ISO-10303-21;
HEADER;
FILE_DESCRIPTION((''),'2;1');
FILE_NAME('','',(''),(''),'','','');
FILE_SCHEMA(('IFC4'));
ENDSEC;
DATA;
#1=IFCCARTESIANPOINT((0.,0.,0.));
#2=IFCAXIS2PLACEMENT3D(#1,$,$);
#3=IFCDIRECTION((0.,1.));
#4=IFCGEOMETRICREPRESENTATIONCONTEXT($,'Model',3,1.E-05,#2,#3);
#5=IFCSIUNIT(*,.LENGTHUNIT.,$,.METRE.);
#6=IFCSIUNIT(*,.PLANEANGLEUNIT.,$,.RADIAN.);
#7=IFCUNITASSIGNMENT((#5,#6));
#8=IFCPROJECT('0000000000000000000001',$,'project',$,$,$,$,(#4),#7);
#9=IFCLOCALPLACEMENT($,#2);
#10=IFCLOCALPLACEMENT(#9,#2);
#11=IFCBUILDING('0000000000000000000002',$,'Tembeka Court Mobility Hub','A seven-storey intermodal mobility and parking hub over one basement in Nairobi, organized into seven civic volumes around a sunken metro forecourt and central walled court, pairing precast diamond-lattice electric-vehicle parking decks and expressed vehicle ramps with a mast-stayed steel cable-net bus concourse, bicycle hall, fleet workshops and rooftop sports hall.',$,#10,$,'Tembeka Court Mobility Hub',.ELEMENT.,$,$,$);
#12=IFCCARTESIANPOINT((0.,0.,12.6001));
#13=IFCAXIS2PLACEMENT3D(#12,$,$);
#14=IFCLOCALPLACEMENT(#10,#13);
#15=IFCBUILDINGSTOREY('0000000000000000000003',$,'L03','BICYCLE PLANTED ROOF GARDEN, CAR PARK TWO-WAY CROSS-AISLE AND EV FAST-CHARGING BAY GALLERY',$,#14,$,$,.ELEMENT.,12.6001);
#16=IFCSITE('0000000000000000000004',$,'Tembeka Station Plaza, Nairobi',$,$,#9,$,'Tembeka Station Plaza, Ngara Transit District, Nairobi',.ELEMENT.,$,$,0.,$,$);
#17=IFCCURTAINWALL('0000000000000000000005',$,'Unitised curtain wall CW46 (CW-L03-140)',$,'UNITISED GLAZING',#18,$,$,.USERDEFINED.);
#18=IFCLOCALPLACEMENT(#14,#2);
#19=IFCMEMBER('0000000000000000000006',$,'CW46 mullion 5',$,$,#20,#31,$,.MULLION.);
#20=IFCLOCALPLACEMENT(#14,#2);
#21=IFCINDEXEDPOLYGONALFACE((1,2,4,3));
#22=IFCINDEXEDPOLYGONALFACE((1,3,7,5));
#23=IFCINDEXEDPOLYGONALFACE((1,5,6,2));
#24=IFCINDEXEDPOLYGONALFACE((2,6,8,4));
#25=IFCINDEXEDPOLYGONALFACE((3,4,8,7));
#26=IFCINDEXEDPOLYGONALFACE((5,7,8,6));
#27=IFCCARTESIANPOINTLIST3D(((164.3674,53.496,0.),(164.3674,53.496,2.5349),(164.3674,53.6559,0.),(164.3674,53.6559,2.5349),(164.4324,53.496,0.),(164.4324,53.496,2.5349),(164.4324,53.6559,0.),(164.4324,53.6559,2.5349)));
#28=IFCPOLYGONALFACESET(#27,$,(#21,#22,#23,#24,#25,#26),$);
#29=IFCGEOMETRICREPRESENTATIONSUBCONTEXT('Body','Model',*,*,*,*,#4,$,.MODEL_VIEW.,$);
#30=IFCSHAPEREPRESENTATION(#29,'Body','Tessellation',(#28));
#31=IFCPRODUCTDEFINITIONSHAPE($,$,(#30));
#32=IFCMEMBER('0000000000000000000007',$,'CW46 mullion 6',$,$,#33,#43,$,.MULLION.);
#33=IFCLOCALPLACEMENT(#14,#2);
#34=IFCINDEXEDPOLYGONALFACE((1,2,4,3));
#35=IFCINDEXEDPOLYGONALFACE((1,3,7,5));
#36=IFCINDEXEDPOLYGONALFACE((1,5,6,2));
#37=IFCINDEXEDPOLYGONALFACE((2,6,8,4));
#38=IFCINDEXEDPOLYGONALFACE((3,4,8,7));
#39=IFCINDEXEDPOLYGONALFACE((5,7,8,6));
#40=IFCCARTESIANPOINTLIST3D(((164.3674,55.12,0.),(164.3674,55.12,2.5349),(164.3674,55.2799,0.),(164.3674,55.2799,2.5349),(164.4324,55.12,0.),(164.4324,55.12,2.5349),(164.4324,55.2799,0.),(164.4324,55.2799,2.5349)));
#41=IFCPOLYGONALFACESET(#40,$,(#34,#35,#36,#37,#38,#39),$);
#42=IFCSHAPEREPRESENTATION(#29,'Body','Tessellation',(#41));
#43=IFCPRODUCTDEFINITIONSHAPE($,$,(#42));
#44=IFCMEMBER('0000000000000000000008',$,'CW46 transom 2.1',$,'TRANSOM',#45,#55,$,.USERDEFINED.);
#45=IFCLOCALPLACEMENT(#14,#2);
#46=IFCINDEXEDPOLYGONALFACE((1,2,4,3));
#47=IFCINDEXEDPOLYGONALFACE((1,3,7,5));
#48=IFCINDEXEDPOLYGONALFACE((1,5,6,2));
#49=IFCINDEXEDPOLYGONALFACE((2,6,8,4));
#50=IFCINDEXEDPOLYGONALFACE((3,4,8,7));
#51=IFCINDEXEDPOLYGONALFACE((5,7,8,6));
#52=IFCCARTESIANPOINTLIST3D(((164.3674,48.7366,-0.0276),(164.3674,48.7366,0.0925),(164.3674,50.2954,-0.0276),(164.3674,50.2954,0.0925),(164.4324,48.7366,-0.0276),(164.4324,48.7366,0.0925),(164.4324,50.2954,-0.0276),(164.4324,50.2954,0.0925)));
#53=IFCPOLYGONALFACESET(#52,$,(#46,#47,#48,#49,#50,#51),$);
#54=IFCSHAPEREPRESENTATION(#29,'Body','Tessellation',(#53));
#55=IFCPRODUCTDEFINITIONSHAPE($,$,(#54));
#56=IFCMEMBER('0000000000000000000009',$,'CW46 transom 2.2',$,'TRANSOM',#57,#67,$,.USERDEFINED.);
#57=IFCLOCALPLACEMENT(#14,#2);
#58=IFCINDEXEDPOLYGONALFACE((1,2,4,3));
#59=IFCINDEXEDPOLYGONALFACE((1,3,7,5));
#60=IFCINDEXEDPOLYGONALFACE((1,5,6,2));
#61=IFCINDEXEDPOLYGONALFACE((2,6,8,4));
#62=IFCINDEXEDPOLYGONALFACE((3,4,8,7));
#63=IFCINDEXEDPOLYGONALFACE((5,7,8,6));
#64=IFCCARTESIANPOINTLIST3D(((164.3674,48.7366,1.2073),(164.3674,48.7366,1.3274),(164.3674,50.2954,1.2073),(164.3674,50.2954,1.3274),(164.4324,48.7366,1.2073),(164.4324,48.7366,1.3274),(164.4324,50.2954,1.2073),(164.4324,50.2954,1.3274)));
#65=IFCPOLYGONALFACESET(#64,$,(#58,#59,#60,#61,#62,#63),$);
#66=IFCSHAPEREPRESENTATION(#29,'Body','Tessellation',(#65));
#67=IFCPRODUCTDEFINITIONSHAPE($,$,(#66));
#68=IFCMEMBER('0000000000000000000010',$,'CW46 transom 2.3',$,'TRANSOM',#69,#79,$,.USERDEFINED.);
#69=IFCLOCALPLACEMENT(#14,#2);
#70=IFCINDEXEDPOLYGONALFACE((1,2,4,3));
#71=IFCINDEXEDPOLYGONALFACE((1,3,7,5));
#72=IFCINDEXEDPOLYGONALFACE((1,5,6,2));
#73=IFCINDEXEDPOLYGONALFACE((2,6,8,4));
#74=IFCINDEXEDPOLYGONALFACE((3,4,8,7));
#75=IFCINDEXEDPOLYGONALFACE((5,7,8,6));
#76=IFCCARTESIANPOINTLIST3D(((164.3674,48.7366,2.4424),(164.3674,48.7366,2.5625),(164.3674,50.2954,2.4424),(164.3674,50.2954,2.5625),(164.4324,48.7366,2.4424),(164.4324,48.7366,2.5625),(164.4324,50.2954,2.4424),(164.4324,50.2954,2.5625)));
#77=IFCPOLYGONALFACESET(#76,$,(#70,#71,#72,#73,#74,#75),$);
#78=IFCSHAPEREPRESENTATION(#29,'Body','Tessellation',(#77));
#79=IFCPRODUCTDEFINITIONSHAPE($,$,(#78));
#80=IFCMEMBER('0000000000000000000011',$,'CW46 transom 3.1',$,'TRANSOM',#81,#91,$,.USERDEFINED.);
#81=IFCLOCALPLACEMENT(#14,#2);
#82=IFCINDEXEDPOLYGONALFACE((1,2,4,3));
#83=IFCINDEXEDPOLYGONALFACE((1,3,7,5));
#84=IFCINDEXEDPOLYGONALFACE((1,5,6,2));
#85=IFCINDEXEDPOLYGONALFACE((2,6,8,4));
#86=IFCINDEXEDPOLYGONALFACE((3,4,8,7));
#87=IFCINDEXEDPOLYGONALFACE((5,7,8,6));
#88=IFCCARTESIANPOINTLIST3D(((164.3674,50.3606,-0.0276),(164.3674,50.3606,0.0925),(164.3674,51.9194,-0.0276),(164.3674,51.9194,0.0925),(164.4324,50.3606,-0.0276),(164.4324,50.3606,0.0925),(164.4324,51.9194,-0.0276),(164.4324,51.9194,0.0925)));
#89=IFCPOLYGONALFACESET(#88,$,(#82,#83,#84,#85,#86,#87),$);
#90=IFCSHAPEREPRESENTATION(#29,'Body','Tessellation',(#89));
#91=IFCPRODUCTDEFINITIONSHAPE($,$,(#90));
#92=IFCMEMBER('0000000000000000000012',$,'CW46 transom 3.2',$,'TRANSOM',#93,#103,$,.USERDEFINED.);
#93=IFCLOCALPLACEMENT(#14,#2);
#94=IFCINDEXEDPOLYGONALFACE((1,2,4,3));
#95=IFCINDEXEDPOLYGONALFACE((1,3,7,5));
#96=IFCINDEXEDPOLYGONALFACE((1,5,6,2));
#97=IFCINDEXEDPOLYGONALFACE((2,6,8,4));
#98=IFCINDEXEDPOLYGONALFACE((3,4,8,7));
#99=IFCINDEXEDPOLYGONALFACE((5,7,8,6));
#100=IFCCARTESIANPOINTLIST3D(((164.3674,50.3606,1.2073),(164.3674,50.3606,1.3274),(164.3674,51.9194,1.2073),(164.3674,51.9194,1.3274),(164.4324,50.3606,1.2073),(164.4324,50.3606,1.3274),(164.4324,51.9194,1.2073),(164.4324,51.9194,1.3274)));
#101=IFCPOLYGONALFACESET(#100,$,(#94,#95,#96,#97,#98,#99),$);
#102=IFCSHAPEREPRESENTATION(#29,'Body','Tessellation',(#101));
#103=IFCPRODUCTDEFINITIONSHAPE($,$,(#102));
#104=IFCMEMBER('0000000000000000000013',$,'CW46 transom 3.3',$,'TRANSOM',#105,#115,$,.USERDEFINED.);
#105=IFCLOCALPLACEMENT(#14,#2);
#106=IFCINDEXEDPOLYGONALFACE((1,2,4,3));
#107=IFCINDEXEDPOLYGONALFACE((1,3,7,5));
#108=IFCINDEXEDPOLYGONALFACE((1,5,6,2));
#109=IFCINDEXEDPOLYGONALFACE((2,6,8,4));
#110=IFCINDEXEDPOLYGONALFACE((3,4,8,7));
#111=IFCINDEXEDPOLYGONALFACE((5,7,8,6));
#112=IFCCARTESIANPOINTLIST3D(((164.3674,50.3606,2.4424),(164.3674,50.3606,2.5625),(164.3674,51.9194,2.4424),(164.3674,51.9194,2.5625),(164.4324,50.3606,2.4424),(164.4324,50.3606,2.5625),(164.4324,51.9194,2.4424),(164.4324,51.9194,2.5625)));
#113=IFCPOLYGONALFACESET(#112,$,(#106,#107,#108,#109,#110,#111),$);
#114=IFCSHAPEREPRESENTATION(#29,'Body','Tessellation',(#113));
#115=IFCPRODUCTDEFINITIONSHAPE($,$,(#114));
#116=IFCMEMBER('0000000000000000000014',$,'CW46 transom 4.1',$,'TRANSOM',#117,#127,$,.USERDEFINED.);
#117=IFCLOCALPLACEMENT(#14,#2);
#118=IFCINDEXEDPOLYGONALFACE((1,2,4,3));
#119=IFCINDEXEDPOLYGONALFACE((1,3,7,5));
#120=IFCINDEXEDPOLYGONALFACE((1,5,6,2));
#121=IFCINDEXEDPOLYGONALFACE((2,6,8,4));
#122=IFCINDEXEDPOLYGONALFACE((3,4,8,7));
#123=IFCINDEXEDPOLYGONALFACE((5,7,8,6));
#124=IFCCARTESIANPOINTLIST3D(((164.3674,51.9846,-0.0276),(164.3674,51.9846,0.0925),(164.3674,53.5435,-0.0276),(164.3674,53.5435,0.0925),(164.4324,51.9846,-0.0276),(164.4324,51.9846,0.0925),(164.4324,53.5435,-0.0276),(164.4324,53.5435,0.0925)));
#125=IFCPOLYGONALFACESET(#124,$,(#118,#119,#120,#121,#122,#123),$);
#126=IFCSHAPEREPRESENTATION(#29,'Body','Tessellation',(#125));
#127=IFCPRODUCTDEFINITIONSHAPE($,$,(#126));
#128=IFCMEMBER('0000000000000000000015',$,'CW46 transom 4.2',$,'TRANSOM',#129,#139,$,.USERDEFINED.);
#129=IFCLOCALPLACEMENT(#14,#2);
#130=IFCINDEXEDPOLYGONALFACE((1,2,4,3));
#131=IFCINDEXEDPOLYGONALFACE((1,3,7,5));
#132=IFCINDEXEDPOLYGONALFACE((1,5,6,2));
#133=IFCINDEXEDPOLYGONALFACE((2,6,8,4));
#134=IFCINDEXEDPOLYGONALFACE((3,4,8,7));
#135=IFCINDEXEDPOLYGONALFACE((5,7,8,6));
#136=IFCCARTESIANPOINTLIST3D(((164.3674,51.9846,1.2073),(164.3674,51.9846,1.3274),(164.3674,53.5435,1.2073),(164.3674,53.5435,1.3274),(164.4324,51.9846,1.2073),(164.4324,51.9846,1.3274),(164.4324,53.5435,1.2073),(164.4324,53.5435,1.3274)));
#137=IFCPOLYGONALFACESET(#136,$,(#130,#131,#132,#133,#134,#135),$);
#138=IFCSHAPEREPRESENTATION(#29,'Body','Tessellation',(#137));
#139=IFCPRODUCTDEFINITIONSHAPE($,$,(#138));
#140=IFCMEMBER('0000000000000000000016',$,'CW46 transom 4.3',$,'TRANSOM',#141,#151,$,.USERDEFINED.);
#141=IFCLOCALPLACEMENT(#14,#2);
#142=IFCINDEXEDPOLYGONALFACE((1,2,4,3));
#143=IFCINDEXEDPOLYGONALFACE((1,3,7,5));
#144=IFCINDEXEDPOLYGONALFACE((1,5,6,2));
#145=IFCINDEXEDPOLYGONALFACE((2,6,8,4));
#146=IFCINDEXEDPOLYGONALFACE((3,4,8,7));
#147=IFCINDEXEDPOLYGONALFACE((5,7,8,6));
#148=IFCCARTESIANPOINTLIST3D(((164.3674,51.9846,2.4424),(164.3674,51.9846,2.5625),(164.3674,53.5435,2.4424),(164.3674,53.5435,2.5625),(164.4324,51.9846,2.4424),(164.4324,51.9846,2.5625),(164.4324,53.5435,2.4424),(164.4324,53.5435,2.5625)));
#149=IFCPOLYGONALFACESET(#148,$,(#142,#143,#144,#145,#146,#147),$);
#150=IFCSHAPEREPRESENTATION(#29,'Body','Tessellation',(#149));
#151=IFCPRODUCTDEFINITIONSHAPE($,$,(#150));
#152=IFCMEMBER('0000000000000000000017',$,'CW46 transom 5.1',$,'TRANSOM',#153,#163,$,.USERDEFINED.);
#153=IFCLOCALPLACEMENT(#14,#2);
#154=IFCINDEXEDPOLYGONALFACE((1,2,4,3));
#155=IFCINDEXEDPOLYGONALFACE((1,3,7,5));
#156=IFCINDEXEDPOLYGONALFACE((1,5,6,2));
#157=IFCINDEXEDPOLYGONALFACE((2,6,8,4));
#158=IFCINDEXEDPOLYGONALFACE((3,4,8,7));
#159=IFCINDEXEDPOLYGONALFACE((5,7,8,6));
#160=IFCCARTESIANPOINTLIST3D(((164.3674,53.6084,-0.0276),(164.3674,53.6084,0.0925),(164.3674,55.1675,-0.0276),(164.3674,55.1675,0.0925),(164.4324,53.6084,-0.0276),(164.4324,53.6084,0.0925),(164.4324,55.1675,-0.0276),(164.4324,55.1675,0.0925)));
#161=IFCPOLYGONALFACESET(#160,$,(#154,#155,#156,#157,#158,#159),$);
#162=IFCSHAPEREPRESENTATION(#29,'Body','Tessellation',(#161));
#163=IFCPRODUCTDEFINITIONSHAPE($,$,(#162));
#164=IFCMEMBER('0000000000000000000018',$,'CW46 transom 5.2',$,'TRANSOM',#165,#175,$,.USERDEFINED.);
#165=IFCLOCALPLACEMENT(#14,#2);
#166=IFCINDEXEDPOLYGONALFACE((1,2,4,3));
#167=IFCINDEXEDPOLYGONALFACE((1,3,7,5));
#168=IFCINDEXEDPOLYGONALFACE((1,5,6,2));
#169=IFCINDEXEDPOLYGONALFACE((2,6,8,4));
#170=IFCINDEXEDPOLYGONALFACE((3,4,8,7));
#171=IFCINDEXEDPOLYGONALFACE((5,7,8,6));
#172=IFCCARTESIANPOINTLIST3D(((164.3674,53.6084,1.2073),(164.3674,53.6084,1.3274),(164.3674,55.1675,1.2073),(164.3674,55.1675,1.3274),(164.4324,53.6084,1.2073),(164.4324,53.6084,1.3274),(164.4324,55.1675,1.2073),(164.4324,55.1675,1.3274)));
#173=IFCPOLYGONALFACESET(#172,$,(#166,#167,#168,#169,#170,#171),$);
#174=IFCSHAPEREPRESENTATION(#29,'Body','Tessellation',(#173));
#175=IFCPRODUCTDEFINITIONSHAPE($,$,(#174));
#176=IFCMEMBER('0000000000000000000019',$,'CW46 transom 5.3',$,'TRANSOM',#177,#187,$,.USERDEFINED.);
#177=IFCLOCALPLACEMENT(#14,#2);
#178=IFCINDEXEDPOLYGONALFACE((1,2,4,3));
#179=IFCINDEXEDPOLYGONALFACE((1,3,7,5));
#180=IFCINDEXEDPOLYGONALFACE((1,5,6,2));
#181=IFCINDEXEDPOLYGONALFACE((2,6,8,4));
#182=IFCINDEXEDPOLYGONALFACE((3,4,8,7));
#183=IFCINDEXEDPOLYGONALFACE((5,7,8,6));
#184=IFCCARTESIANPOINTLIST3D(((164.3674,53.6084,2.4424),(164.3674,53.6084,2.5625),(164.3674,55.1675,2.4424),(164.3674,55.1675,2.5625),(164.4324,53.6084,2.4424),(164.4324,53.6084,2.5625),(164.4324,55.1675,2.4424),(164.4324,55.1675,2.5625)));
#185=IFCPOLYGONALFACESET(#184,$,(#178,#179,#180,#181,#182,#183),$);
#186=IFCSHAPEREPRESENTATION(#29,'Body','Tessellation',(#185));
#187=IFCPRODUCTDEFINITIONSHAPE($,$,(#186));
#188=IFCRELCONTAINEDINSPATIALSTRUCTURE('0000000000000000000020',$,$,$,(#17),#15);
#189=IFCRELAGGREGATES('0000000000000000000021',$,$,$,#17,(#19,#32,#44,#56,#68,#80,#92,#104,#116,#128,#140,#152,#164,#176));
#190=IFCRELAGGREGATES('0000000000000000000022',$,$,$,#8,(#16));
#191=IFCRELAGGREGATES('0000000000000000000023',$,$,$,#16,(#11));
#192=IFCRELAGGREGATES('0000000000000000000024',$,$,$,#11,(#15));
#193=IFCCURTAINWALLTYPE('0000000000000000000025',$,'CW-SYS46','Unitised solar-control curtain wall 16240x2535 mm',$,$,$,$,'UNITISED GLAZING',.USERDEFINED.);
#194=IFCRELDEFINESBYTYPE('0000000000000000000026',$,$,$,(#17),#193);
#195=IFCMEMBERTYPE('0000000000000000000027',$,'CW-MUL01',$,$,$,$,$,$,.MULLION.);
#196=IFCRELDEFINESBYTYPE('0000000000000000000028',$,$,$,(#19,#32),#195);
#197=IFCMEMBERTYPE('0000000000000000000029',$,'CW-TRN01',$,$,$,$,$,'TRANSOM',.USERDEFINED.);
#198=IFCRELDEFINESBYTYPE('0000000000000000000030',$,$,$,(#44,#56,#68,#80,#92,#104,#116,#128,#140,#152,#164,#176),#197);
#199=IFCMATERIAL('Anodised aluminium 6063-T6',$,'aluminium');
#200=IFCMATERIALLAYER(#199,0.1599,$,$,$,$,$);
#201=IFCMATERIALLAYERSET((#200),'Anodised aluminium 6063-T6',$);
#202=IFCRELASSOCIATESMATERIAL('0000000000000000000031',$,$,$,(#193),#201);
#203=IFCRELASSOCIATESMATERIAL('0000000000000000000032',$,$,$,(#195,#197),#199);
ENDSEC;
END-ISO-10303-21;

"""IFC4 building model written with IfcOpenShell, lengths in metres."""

from ifc_helpers import new_model, si_unit, direction, frame, origin, origin_2d, place, context, subcontext, project, spatial, rectangle, extrude, material, layer, layer_set, material_profile, profile_set, type_object, element, aggregate, save


model = new_model("IFC4")

# Units and contexts
model_context = context("Model", 3, precision=1e-05, world=origin(), true_north=direction((0.0, 1.0)))
body_context = subcontext(model_context, "Body", "Model", "MODEL_VIEW")
ifc_project = project(units=[si_unit("LENGTHUNIT", "METRE"), si_unit("PLANEANGLEUNIT", "RADIAN")], contexts=[model_context])

# Site, building, storey
site_placement = place(None, origin())
site = spatial("IfcSite", under=ifc_project, at=site_placement, Name="Tembeka Station Plaza, Nairobi", LongName="Tembeka Station Plaza, Ngara Transit District, Nairobi", CompositionType="ELEMENT", RefElevation=0.0)
building_placement = place(site_placement, origin())
building = spatial("IfcBuilding", under=site, at=building_placement, Name="Tembeka Court Mobility Hub", Description="A seven-storey intermodal mobility and parking hub over one basement in Nairobi, organized into seven civic volumes around a sunken metro forecourt and central walled court, pairing precast diamond-lattice electric-vehicle parking decks and expressed vehicle ramps with a mast-stayed steel cable-net bus concourse, bicycle hall, fleet workshops and rooftop sports hall.", LongName="Tembeka Court Mobility Hub", CompositionType="ELEMENT")
storey_placement = place(building_placement, frame((0.0, 0.0, 12.6001)))
storey = spatial("IfcBuildingStorey", under=building, at=storey_placement, Name="L03", Description="BICYCLE PLANTED ROOF GARDEN, CAR PARK TWO-WAY CROSS-AISLE AND EV FAST-CHARGING BAY GALLERY", CompositionType="ELEMENT", Elevation=12.6001)

# Curtain wall, members
ifc_material_1 = material(Name="Anodised aluminium 6063-T6", Category="aluminium")
ifc_layer_1 = layer(ifc_material_1, 0.1599)
ifc_layer_set_1 = layer_set([ifc_layer_1], Name="Anodised aluminium 6063-T6")
curtain_wall_type = type_object("IfcCurtainWallType", Name="CW-SYS46", Description="Unitised solar-control curtain wall 16240x2535 mm", ElementType="UNITISED GLAZING", PredefinedType="USERDEFINED", material=ifc_layer_set_1)
curtain_wall_placement = place(storey_placement, origin())
curtain_wall = element("IfcCurtainWall", 1, at=curtain_wall_placement, inside=storey, type_object=curtain_wall_type, Name="Unitised curtain wall CW46 (CW-L03-140)", ObjectType="UNITISED GLAZING", PredefinedType="USERDEFINED")
ifc_material_profile_1 = material_profile(ifc_material_1, rectangle(XDim=0.0649, YDim=0.1599, at=origin_2d()), Name="ALU-MUL 65x160")
ifc_profile_set_1 = profile_set([ifc_material_profile_1], Name="Anodised aluminium 6063-T6")
member_type_1 = type_object("IfcMemberType", Name="CW-MUL01", PredefinedType="MULLION", material=ifc_profile_set_1)
member_1_placement = place(storey_placement, frame((164.3999, 53.5759, 0.0), z_axis=(0.0, 0.0, 1.0), x_axis=(-1.0, 0.0, 0.0)))
member_1 = element("IfcMember", 2, at=member_1_placement, type_object=member_type_1, Name="CW46 mullion 5", PredefinedType="MULLION", context=body_context, shape_type="SweptSolid", body=[
    extrude(rectangle(XDim=0.0649, YDim=0.1599, at=origin_2d()), origin(), (0.0, 0.0, 1.0), 2.5349),
])
member_2_placement = place(storey_placement, frame((164.3999, 55.2, 0.0), z_axis=(0.0, 0.0, 1.0), x_axis=(-1.0, 0.0, 0.0)))
member_2 = element("IfcMember", 3, at=member_2_placement, type_object=member_type_1, Name="CW46 mullion 6", PredefinedType="MULLION", context=body_context, shape_type="SweptSolid", body=[
    extrude(rectangle(XDim=0.0649, YDim=0.1599, at=origin_2d()), origin(), (0.0, 0.0, 1.0), 2.5349),
])
ifc_material_profile_2 = material_profile(ifc_material_1, rectangle(XDim=0.0649, YDim=0.1201, at=origin_2d()), Name="ALU-TRN 65x120")
ifc_profile_set_2 = profile_set([ifc_material_profile_2], Name="Anodised aluminium 6063-T6")
member_type_2 = type_object("IfcMemberType", Name="CW-TRN01", ElementType="TRANSOM", PredefinedType="USERDEFINED", material=ifc_profile_set_2)
member_3_placement = place(storey_placement, frame((164.3999, 48.7366, 0.0325), z_axis=(0.0, 1.0, 0.0), x_axis=(-1.0, 0.0, 0.0)))
member_3 = element("IfcMember", 4, at=member_3_placement, type_object=member_type_2, Name="CW46 transom 2.1", ObjectType="TRANSOM", PredefinedType="USERDEFINED", context=body_context, shape_type="SweptSolid", body=[
    extrude(rectangle(XDim=0.0649, YDim=0.1201, at=origin_2d()), origin(), (0.0, 0.0, 1.0), 1.5588),
])
member_4_placement = place(storey_placement, frame((164.3999, 48.7366, 1.2673), z_axis=(0.0, 1.0, 0.0), x_axis=(-1.0, 0.0, 0.0)))
member_4 = element("IfcMember", 5, at=member_4_placement, type_object=member_type_2, Name="CW46 transom 2.2", ObjectType="TRANSOM", PredefinedType="USERDEFINED", context=body_context, shape_type="SweptSolid", body=[
    extrude(rectangle(XDim=0.0649, YDim=0.1201, at=origin_2d()), origin(), (0.0, 0.0, 1.0), 1.5588),
])
member_5_placement = place(storey_placement, frame((164.3999, 48.7366, 2.5024), z_axis=(0.0, 1.0, 0.0), x_axis=(-1.0, 0.0, 0.0)))
member_5 = element("IfcMember", 6, at=member_5_placement, type_object=member_type_2, Name="CW46 transom 2.3", ObjectType="TRANSOM", PredefinedType="USERDEFINED", context=body_context, shape_type="SweptSolid", body=[
    extrude(rectangle(XDim=0.0649, YDim=0.1201, at=origin_2d()), origin(), (0.0, 0.0, 1.0), 1.5588),
])
member_6_placement = place(storey_placement, frame((164.3999, 50.3606, 0.0325), z_axis=(0.0, 1.0, 0.0), x_axis=(-1.0, 0.0, 0.0)))
member_6 = element("IfcMember", 7, at=member_6_placement, type_object=member_type_2, Name="CW46 transom 3.1", ObjectType="TRANSOM", PredefinedType="USERDEFINED", context=body_context, shape_type="SweptSolid", body=[
    extrude(rectangle(XDim=0.0649, YDim=0.1201, at=origin_2d()), origin(), (0.0, 0.0, 1.0), 1.5588),
])
member_7_placement = place(storey_placement, frame((164.3999, 50.3606, 1.2673), z_axis=(0.0, 1.0, 0.0), x_axis=(-1.0, 0.0, 0.0)))
member_7 = element("IfcMember", 8, at=member_7_placement, type_object=member_type_2, Name="CW46 transom 3.2", ObjectType="TRANSOM", PredefinedType="USERDEFINED", context=body_context, shape_type="SweptSolid", body=[
    extrude(rectangle(XDim=0.0649, YDim=0.1201, at=origin_2d()), origin(), (0.0, 0.0, 1.0), 1.5588),
])
member_8_placement = place(storey_placement, frame((164.3999, 50.3606, 2.5024), z_axis=(0.0, 1.0, 0.0), x_axis=(-1.0, 0.0, 0.0)))
member_8 = element("IfcMember", 9, at=member_8_placement, type_object=member_type_2, Name="CW46 transom 3.3", ObjectType="TRANSOM", PredefinedType="USERDEFINED", context=body_context, shape_type="SweptSolid", body=[
    extrude(rectangle(XDim=0.0649, YDim=0.1201, at=origin_2d()), origin(), (0.0, 0.0, 1.0), 1.5588),
])
member_9_placement = place(storey_placement, frame((164.3999, 51.9846, 0.0325), z_axis=(0.0, 1.0, 0.0), x_axis=(-1.0, 0.0, 0.0)))
member_9 = element("IfcMember", 10, at=member_9_placement, type_object=member_type_2, Name="CW46 transom 4.1", ObjectType="TRANSOM", PredefinedType="USERDEFINED", context=body_context, shape_type="SweptSolid", body=[
    extrude(rectangle(XDim=0.0649, YDim=0.1201, at=origin_2d()), origin(), (0.0, 0.0, 1.0), 1.5588),
])
member_10_placement = place(storey_placement, frame((164.3999, 51.9846, 1.2673), z_axis=(0.0, 1.0, 0.0), x_axis=(-1.0, 0.0, 0.0)))
member_10 = element("IfcMember", 11, at=member_10_placement, type_object=member_type_2, Name="CW46 transom 4.2", ObjectType="TRANSOM", PredefinedType="USERDEFINED", context=body_context, shape_type="SweptSolid", body=[
    extrude(rectangle(XDim=0.0649, YDim=0.1201, at=origin_2d()), origin(), (0.0, 0.0, 1.0), 1.5588),
])
member_11_placement = place(storey_placement, frame((164.3999, 51.9846, 2.5024), z_axis=(0.0, 1.0, 0.0), x_axis=(-1.0, 0.0, 0.0)))
member_11 = element("IfcMember", 12, at=member_11_placement, type_object=member_type_2, Name="CW46 transom 4.3", ObjectType="TRANSOM", PredefinedType="USERDEFINED", context=body_context, shape_type="SweptSolid", body=[
    extrude(rectangle(XDim=0.0649, YDim=0.1201, at=origin_2d()), origin(), (0.0, 0.0, 1.0), 1.5588),
])
member_12_placement = place(storey_placement, frame((164.3999, 53.6084, 0.0325), z_axis=(0.0, 1.0, 0.0), x_axis=(-1.0, 0.0, 0.0)))
member_12 = element("IfcMember", 13, at=member_12_placement, type_object=member_type_2, Name="CW46 transom 5.1", ObjectType="TRANSOM", PredefinedType="USERDEFINED", context=body_context, shape_type="SweptSolid", body=[
    extrude(rectangle(XDim=0.0649, YDim=0.1201, at=origin_2d()), origin(), (0.0, 0.0, 1.0), 1.5591),
])
member_13_placement = place(storey_placement, frame((164.3999, 53.6084, 1.2673), z_axis=(0.0, 1.0, 0.0), x_axis=(-1.0, 0.0, 0.0)))
member_13 = element("IfcMember", 14, at=member_13_placement, type_object=member_type_2, Name="CW46 transom 5.2", ObjectType="TRANSOM", PredefinedType="USERDEFINED", context=body_context, shape_type="SweptSolid", body=[
    extrude(rectangle(XDim=0.0649, YDim=0.1201, at=origin_2d()), origin(), (0.0, 0.0, 1.0), 1.5591),
])
member_14_placement = place(storey_placement, frame((164.3999, 53.6084, 2.5024), z_axis=(0.0, 1.0, 0.0), x_axis=(-1.0, 0.0, 0.0)))
member_14 = element("IfcMember", 15, at=member_14_placement, type_object=member_type_2, Name="CW46 transom 5.3", ObjectType="TRANSOM", PredefinedType="USERDEFINED", context=body_context, shape_type="SweptSolid", body=[
    extrude(rectangle(XDim=0.0649, YDim=0.1201, at=origin_2d()), origin(), (0.0, 0.0, 1.0), 1.5591),
])

aggregate(curtain_wall, [member_1, member_2, member_3, member_4, member_5, member_6, member_7, member_8, member_9, member_10, member_11, member_12, member_13, member_14])

save(model, "model.ifc")
